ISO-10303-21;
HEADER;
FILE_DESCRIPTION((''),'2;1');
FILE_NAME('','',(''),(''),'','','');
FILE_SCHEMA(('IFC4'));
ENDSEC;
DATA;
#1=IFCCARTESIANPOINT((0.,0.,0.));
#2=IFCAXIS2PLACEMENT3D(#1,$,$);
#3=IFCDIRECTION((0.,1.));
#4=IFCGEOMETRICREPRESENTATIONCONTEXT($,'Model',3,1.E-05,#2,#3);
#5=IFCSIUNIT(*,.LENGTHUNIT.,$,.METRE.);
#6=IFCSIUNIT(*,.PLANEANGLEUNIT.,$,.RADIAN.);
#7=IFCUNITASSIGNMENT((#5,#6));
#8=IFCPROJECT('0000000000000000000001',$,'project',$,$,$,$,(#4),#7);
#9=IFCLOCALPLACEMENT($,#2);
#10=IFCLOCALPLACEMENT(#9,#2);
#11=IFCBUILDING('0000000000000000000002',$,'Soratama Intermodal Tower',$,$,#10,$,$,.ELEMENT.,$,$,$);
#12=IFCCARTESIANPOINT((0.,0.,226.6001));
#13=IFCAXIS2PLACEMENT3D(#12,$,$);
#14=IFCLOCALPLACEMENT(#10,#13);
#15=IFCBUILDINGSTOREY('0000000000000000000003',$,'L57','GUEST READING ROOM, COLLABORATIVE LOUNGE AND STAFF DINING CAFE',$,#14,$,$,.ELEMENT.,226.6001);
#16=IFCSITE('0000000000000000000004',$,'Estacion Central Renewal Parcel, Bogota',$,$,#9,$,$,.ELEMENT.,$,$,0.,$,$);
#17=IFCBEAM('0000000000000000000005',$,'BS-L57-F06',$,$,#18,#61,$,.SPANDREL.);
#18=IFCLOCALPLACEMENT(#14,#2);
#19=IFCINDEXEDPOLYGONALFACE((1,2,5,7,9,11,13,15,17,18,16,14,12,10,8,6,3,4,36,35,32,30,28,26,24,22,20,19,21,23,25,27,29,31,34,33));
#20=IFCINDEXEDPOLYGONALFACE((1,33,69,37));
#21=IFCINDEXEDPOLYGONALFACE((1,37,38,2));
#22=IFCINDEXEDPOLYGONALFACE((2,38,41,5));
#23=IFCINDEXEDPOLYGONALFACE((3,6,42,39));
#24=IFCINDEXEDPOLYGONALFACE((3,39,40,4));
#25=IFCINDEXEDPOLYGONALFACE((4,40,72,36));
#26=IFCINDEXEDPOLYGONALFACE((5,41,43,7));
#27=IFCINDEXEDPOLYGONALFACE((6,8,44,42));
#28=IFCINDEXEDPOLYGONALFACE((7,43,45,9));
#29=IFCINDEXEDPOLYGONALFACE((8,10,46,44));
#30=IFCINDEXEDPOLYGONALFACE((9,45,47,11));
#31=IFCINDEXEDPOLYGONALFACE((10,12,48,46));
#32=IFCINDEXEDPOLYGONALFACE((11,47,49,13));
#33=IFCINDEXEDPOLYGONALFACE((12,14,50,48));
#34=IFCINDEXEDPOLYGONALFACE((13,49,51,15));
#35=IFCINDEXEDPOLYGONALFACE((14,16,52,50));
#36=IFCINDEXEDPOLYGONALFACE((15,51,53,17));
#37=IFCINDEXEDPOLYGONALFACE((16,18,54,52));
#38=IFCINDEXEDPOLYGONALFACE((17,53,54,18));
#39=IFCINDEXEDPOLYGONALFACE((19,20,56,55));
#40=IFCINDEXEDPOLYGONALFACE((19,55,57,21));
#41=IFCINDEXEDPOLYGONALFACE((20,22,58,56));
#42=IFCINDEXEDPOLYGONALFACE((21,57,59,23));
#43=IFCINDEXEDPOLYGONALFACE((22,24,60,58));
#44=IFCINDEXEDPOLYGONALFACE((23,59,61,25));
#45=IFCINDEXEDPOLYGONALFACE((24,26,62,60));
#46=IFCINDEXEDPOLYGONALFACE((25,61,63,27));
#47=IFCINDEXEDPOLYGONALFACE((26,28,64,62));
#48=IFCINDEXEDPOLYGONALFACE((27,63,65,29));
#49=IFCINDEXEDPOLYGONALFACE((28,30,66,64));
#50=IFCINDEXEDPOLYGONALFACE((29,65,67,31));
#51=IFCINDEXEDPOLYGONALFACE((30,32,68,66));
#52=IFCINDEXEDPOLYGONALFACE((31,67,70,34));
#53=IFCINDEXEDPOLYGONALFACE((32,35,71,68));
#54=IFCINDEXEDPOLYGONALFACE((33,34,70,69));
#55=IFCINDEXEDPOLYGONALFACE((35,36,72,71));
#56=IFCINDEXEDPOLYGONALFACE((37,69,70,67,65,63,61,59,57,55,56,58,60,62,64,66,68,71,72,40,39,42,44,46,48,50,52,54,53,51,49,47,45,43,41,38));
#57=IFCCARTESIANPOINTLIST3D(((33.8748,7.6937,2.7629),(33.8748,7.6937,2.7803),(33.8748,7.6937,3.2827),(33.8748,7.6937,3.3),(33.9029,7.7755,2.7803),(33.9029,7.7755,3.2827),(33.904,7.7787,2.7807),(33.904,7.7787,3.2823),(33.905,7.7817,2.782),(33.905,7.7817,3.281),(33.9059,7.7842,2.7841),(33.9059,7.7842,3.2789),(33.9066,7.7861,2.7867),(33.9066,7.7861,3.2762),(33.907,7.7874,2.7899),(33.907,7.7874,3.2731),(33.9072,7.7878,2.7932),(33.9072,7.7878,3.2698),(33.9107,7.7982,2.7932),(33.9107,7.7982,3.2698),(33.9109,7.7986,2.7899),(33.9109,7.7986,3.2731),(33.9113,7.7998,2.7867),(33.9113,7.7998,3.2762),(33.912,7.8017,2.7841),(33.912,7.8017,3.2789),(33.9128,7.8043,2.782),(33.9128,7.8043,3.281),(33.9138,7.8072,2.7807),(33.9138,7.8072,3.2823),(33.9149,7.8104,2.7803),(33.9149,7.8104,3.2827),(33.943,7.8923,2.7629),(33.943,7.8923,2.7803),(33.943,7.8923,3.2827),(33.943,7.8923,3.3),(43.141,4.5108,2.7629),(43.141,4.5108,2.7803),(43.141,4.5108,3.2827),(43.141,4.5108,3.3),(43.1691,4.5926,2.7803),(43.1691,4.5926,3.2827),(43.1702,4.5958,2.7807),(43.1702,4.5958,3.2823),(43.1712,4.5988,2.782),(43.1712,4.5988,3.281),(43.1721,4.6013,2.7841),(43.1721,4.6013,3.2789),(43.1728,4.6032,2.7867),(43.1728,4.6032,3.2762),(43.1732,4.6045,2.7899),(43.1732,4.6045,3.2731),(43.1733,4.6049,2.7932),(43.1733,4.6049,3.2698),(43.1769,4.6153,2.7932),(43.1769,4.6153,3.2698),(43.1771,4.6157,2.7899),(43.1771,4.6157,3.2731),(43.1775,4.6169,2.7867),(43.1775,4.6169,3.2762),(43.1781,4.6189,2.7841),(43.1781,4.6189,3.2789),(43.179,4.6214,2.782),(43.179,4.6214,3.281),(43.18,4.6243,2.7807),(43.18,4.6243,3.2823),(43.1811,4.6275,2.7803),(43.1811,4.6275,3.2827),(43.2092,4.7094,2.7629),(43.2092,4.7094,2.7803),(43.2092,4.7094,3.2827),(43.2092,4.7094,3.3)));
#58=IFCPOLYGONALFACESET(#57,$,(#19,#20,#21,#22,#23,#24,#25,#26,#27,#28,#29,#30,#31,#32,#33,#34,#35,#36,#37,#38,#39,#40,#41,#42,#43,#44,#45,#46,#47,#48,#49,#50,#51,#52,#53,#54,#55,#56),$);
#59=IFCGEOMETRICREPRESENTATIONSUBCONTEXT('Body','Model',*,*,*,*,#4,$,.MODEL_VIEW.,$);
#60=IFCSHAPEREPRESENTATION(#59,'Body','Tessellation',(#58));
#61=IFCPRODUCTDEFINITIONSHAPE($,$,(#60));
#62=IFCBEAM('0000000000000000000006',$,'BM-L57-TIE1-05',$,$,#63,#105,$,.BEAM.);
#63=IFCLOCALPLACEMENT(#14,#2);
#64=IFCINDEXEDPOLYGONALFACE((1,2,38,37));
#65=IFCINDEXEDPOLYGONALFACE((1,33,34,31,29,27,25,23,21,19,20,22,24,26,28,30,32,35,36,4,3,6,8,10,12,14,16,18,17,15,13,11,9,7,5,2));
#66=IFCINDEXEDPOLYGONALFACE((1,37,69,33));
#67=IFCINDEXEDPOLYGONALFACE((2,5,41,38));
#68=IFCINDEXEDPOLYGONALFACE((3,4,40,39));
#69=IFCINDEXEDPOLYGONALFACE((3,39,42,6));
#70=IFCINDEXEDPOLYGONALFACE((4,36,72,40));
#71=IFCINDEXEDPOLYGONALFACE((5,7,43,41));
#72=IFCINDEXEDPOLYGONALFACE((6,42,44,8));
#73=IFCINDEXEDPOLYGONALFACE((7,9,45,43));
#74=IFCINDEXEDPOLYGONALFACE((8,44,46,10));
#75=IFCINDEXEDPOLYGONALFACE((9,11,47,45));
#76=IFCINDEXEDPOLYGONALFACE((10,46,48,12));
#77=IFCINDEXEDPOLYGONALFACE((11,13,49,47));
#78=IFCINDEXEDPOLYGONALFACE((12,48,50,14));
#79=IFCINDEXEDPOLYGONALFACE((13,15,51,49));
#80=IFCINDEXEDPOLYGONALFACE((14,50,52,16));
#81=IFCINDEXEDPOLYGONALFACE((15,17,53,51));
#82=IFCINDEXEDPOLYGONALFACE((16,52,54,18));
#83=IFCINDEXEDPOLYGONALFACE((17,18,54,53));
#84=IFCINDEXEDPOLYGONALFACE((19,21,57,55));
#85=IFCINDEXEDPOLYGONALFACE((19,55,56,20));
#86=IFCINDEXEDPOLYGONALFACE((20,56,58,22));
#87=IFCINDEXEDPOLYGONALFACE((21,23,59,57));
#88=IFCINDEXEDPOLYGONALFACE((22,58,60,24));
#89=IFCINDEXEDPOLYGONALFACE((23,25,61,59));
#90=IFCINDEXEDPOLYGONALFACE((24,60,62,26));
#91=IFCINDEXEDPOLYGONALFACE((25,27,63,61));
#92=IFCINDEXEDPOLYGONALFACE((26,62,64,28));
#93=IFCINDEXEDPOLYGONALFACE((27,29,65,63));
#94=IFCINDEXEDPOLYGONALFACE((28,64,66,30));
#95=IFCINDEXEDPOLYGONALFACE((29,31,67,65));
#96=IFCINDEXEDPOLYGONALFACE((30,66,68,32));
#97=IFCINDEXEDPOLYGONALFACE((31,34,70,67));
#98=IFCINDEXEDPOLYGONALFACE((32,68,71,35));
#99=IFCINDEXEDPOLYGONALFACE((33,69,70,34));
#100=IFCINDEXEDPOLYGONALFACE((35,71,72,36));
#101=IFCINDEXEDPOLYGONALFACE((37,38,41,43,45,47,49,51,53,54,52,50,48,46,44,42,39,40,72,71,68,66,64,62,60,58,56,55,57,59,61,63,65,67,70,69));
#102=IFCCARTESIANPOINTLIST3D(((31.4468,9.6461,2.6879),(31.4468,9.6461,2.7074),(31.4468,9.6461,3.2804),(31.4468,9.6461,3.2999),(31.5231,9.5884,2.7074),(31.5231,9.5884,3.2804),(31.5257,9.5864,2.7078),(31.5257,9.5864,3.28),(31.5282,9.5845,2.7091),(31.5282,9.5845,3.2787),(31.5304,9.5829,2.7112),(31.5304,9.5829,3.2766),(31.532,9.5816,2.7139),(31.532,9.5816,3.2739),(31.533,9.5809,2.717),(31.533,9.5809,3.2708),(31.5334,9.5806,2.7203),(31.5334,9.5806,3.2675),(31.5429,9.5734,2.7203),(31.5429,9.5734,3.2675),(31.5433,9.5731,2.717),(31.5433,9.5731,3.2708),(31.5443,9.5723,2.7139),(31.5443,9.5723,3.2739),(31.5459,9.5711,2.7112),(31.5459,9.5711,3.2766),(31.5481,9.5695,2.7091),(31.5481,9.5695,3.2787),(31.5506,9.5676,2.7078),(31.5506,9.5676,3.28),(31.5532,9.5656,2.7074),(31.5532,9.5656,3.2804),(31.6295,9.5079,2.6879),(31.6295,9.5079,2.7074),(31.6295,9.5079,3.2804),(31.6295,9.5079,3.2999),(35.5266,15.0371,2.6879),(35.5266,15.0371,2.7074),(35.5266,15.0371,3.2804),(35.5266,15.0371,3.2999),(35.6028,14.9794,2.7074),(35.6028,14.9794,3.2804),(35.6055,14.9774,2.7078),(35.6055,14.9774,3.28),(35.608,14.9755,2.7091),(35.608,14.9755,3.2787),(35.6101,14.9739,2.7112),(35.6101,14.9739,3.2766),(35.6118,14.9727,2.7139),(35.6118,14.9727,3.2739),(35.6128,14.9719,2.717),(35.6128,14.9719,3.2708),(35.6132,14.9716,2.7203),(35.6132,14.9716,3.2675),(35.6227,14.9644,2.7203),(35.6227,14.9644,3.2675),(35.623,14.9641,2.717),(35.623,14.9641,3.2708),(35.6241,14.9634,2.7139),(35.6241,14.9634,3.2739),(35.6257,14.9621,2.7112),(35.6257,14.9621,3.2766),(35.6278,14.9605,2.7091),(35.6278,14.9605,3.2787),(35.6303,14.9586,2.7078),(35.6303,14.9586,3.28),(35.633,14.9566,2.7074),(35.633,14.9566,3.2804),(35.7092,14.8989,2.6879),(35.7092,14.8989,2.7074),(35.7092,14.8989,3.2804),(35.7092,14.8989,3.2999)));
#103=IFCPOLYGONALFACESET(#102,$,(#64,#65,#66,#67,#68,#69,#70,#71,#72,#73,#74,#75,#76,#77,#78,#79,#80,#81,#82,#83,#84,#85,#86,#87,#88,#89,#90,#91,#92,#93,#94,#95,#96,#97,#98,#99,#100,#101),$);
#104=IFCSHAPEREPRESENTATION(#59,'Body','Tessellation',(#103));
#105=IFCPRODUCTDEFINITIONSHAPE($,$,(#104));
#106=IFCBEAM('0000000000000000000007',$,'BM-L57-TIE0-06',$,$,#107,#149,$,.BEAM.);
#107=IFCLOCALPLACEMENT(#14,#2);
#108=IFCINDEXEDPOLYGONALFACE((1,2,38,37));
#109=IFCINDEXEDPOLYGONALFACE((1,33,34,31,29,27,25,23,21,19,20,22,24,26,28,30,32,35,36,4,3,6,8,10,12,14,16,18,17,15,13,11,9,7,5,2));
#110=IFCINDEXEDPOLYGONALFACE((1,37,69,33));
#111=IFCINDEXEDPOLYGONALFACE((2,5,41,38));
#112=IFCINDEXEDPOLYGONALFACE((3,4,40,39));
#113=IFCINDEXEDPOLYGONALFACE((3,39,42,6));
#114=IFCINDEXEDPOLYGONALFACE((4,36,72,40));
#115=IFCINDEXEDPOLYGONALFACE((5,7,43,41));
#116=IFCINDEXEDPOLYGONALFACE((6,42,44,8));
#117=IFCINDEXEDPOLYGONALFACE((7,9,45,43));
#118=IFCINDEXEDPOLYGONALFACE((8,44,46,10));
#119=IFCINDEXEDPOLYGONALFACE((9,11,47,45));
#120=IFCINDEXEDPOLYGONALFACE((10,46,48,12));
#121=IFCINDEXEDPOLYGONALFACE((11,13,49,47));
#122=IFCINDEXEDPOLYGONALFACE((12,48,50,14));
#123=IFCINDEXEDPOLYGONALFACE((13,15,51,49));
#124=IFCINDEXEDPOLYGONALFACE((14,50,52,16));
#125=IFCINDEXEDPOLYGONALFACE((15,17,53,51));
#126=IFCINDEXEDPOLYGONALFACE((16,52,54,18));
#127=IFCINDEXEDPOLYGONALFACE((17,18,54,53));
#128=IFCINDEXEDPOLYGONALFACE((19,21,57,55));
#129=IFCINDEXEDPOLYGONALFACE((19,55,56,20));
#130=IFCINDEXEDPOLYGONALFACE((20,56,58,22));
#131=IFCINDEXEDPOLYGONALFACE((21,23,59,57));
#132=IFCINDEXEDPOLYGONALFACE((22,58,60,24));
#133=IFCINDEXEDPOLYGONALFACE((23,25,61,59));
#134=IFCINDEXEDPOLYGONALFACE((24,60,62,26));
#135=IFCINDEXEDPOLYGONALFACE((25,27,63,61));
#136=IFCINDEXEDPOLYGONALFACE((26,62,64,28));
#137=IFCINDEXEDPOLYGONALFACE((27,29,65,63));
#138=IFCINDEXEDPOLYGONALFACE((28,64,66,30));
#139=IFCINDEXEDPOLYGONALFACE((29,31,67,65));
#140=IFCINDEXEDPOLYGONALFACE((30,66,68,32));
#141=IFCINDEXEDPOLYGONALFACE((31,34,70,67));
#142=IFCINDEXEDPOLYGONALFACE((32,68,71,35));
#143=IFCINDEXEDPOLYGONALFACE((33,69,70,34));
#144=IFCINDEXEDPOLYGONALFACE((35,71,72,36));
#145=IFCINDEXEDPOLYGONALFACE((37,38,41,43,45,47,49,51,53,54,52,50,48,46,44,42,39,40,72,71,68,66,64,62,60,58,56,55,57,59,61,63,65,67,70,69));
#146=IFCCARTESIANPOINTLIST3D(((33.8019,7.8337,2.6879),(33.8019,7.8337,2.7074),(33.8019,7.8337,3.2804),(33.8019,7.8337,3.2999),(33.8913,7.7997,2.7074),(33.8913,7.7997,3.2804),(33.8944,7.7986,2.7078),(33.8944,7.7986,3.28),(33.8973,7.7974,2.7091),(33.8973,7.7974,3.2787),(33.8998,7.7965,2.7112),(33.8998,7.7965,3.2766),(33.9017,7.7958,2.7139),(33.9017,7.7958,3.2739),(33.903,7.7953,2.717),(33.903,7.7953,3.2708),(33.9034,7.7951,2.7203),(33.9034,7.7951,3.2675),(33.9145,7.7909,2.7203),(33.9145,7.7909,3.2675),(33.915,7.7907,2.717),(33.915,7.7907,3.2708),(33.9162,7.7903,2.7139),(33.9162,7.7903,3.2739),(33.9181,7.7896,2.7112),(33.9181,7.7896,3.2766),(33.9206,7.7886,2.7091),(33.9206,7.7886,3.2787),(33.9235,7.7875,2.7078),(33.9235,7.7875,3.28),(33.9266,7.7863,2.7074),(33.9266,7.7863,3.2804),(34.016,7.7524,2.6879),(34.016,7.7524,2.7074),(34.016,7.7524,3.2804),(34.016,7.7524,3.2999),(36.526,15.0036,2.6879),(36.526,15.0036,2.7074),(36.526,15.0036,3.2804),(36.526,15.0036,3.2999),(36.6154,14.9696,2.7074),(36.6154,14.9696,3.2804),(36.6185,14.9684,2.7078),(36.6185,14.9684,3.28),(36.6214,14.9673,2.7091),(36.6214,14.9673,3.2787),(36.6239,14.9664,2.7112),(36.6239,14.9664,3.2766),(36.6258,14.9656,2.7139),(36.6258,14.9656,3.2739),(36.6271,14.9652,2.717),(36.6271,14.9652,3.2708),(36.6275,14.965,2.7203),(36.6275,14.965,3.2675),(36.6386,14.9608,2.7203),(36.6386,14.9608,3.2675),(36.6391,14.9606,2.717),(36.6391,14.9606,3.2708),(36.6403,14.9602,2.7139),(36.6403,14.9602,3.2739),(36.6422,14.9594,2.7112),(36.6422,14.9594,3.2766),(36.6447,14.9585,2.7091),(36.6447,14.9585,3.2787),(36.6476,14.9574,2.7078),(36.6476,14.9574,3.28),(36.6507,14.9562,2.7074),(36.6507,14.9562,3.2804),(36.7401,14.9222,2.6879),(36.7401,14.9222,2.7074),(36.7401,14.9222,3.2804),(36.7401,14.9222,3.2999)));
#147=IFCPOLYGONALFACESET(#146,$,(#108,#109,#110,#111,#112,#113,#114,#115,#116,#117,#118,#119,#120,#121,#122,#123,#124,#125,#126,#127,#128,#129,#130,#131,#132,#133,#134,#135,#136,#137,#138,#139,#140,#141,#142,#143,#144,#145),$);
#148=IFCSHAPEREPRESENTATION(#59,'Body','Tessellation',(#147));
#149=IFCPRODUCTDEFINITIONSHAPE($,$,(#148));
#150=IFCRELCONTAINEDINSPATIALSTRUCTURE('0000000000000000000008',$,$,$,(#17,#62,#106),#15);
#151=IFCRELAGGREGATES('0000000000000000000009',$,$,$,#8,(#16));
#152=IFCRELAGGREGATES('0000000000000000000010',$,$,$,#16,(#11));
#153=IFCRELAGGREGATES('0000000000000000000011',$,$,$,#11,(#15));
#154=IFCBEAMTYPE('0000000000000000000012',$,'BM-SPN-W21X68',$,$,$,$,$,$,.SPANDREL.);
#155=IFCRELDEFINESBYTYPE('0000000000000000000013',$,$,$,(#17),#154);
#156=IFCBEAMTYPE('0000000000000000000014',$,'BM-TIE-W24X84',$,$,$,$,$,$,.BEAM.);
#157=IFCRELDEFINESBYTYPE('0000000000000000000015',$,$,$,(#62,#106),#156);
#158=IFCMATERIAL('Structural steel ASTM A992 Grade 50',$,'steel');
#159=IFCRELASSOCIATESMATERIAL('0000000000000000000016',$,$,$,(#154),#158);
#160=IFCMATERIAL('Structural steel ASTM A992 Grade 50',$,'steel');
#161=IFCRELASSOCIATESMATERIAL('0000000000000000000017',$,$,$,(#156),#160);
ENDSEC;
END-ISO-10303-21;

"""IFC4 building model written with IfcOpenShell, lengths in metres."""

from ifc_helpers import new_model, si_unit, direction, frame, origin, origin_2d, place, context, subcontext, project, spatial, i_section, extrude, material, material_profile, profile_set, type_object, element, save


model = new_model("IFC4")

# Units and contexts
model_context = context("Model", 3, precision=1e-05, world=origin(), true_north=direction((0.0, 1.0)))
body_context = subcontext(model_context, "Body", "Model", "MODEL_VIEW")
ifc_project = project(units=[si_unit("LENGTHUNIT", "METRE"), si_unit("PLANEANGLEUNIT", "RADIAN")], contexts=[model_context])

# Site, building, storey
site_placement = place(None, origin())
site = spatial("IfcSite", under=ifc_project, at=site_placement, Name="Estacion Central Renewal Parcel, Bogota", CompositionType="ELEMENT", RefElevation=0.0)
building_placement = place(site_placement, origin())
building = spatial("IfcBuilding", under=site, at=building_placement, Name="Soratama Intermodal Tower", CompositionType="ELEMENT")
storey_placement = place(building_placement, frame((0.0, 0.0, 226.6001)))
storey = spatial("IfcBuildingStorey", under=building, at=storey_placement, Name="L57", Description="GUEST READING ROOM, COLLABORATIVE LOUNGE AND STAFF DINING CAFE", CompositionType="ELEMENT", Elevation=226.6001)

# Beams
ifc_material_1 = material(Name="Structural steel ASTM A992 Grade 50", Category="steel")
ifc_material_profile_1 = material_profile(ifc_material_1, i_section(OverallWidth=0.21, OverallDepth=0.5371, WebThickness=0.011, FlangeThickness=0.0173, FilletRadius=0.0129, at=origin_2d()), Name="W21X68")
ifc_profile_set_1 = profile_set([ifc_material_profile_1], Name="Structural steel ASTM A992 Grade 50")
beam_type_1 = type_object("IfcBeamType", Name="BM-SPN-W21X68", PredefinedType="SPANDREL", material=ifc_profile_set_1)
beam_1_placement = place(storey_placement, frame((33.9089, 7.793, 3.0315), z_axis=(0.945761, -0.324864, 0.0), x_axis=(0.324864, 0.945761, 0.0)))
element("IfcBeam", 1, at=beam_1_placement, inside=storey, type_object=beam_type_1, Name="BS-L57-F06", PredefinedType="SPANDREL", context=body_context, shape_type="SweptSolid", body=[
    extrude(i_section(OverallWidth=0.21, OverallDepth=0.5371, WebThickness=0.011, FlangeThickness=0.0173, FilletRadius=0.0129, at=origin_2d()), origin(), (0.0, 0.0, 1.0), 9.7976),
])
ifc_material_2 = material(Name="Structural steel ASTM A992 Grade 50", Category="steel")
ifc_material_profile_2 = material_profile(ifc_material_2, i_section(OverallWidth=0.229, OverallDepth=0.6121, WebThickness=0.012, FlangeThickness=0.0195, FilletRadius=0.0129, at=origin_2d()), Name="W24X84")
ifc_profile_set_2 = profile_set([ifc_material_profile_2], Name="Structural steel ASTM A992 Grade 50")
beam_type_2 = type_object("IfcBeamType", Name="BM-TIE-W24X84", PredefinedType="BEAM", material=ifc_profile_set_2)
beam_2_placement = place(storey_placement, frame((35.6179, 14.968, 2.9939), z_axis=(-0.603449, -0.797401, 0.0), x_axis=(0.797401, -0.603449, 0.0)))
element("IfcBeam", 2, at=beam_2_placement, inside=storey, type_object=beam_type_2, Name="BM-L57-TIE1-05", PredefinedType="BEAM", context=body_context, shape_type="SweptSolid", body=[
    extrude(i_section(OverallWidth=0.229, OverallDepth=0.6121, WebThickness=0.012, FlangeThickness=0.0195, FilletRadius=0.0129, at=origin_2d()), origin(), (0.0, 0.0, 1.0), 6.7607),
])
beam_3_placement = place(storey_placement, frame((36.6331, 14.9629, 2.9939), z_axis=(-0.355167, -0.934803, 0.0), x_axis=(0.934803, -0.355167, 0.0)))
element("IfcBeam", 3, at=beam_3_placement, inside=storey, type_object=beam_type_2, Name="BM-L57-TIE0-06", PredefinedType="BEAM", context=body_context, shape_type="SweptSolid", body=[
    extrude(i_section(OverallWidth=0.229, OverallDepth=0.6121, WebThickness=0.012, FlangeThickness=0.0195, FilletRadius=0.0129, at=origin_2d()), origin(), (0.0, 0.0, 1.0), 7.6699),
])

save(model, "model.ifc")
